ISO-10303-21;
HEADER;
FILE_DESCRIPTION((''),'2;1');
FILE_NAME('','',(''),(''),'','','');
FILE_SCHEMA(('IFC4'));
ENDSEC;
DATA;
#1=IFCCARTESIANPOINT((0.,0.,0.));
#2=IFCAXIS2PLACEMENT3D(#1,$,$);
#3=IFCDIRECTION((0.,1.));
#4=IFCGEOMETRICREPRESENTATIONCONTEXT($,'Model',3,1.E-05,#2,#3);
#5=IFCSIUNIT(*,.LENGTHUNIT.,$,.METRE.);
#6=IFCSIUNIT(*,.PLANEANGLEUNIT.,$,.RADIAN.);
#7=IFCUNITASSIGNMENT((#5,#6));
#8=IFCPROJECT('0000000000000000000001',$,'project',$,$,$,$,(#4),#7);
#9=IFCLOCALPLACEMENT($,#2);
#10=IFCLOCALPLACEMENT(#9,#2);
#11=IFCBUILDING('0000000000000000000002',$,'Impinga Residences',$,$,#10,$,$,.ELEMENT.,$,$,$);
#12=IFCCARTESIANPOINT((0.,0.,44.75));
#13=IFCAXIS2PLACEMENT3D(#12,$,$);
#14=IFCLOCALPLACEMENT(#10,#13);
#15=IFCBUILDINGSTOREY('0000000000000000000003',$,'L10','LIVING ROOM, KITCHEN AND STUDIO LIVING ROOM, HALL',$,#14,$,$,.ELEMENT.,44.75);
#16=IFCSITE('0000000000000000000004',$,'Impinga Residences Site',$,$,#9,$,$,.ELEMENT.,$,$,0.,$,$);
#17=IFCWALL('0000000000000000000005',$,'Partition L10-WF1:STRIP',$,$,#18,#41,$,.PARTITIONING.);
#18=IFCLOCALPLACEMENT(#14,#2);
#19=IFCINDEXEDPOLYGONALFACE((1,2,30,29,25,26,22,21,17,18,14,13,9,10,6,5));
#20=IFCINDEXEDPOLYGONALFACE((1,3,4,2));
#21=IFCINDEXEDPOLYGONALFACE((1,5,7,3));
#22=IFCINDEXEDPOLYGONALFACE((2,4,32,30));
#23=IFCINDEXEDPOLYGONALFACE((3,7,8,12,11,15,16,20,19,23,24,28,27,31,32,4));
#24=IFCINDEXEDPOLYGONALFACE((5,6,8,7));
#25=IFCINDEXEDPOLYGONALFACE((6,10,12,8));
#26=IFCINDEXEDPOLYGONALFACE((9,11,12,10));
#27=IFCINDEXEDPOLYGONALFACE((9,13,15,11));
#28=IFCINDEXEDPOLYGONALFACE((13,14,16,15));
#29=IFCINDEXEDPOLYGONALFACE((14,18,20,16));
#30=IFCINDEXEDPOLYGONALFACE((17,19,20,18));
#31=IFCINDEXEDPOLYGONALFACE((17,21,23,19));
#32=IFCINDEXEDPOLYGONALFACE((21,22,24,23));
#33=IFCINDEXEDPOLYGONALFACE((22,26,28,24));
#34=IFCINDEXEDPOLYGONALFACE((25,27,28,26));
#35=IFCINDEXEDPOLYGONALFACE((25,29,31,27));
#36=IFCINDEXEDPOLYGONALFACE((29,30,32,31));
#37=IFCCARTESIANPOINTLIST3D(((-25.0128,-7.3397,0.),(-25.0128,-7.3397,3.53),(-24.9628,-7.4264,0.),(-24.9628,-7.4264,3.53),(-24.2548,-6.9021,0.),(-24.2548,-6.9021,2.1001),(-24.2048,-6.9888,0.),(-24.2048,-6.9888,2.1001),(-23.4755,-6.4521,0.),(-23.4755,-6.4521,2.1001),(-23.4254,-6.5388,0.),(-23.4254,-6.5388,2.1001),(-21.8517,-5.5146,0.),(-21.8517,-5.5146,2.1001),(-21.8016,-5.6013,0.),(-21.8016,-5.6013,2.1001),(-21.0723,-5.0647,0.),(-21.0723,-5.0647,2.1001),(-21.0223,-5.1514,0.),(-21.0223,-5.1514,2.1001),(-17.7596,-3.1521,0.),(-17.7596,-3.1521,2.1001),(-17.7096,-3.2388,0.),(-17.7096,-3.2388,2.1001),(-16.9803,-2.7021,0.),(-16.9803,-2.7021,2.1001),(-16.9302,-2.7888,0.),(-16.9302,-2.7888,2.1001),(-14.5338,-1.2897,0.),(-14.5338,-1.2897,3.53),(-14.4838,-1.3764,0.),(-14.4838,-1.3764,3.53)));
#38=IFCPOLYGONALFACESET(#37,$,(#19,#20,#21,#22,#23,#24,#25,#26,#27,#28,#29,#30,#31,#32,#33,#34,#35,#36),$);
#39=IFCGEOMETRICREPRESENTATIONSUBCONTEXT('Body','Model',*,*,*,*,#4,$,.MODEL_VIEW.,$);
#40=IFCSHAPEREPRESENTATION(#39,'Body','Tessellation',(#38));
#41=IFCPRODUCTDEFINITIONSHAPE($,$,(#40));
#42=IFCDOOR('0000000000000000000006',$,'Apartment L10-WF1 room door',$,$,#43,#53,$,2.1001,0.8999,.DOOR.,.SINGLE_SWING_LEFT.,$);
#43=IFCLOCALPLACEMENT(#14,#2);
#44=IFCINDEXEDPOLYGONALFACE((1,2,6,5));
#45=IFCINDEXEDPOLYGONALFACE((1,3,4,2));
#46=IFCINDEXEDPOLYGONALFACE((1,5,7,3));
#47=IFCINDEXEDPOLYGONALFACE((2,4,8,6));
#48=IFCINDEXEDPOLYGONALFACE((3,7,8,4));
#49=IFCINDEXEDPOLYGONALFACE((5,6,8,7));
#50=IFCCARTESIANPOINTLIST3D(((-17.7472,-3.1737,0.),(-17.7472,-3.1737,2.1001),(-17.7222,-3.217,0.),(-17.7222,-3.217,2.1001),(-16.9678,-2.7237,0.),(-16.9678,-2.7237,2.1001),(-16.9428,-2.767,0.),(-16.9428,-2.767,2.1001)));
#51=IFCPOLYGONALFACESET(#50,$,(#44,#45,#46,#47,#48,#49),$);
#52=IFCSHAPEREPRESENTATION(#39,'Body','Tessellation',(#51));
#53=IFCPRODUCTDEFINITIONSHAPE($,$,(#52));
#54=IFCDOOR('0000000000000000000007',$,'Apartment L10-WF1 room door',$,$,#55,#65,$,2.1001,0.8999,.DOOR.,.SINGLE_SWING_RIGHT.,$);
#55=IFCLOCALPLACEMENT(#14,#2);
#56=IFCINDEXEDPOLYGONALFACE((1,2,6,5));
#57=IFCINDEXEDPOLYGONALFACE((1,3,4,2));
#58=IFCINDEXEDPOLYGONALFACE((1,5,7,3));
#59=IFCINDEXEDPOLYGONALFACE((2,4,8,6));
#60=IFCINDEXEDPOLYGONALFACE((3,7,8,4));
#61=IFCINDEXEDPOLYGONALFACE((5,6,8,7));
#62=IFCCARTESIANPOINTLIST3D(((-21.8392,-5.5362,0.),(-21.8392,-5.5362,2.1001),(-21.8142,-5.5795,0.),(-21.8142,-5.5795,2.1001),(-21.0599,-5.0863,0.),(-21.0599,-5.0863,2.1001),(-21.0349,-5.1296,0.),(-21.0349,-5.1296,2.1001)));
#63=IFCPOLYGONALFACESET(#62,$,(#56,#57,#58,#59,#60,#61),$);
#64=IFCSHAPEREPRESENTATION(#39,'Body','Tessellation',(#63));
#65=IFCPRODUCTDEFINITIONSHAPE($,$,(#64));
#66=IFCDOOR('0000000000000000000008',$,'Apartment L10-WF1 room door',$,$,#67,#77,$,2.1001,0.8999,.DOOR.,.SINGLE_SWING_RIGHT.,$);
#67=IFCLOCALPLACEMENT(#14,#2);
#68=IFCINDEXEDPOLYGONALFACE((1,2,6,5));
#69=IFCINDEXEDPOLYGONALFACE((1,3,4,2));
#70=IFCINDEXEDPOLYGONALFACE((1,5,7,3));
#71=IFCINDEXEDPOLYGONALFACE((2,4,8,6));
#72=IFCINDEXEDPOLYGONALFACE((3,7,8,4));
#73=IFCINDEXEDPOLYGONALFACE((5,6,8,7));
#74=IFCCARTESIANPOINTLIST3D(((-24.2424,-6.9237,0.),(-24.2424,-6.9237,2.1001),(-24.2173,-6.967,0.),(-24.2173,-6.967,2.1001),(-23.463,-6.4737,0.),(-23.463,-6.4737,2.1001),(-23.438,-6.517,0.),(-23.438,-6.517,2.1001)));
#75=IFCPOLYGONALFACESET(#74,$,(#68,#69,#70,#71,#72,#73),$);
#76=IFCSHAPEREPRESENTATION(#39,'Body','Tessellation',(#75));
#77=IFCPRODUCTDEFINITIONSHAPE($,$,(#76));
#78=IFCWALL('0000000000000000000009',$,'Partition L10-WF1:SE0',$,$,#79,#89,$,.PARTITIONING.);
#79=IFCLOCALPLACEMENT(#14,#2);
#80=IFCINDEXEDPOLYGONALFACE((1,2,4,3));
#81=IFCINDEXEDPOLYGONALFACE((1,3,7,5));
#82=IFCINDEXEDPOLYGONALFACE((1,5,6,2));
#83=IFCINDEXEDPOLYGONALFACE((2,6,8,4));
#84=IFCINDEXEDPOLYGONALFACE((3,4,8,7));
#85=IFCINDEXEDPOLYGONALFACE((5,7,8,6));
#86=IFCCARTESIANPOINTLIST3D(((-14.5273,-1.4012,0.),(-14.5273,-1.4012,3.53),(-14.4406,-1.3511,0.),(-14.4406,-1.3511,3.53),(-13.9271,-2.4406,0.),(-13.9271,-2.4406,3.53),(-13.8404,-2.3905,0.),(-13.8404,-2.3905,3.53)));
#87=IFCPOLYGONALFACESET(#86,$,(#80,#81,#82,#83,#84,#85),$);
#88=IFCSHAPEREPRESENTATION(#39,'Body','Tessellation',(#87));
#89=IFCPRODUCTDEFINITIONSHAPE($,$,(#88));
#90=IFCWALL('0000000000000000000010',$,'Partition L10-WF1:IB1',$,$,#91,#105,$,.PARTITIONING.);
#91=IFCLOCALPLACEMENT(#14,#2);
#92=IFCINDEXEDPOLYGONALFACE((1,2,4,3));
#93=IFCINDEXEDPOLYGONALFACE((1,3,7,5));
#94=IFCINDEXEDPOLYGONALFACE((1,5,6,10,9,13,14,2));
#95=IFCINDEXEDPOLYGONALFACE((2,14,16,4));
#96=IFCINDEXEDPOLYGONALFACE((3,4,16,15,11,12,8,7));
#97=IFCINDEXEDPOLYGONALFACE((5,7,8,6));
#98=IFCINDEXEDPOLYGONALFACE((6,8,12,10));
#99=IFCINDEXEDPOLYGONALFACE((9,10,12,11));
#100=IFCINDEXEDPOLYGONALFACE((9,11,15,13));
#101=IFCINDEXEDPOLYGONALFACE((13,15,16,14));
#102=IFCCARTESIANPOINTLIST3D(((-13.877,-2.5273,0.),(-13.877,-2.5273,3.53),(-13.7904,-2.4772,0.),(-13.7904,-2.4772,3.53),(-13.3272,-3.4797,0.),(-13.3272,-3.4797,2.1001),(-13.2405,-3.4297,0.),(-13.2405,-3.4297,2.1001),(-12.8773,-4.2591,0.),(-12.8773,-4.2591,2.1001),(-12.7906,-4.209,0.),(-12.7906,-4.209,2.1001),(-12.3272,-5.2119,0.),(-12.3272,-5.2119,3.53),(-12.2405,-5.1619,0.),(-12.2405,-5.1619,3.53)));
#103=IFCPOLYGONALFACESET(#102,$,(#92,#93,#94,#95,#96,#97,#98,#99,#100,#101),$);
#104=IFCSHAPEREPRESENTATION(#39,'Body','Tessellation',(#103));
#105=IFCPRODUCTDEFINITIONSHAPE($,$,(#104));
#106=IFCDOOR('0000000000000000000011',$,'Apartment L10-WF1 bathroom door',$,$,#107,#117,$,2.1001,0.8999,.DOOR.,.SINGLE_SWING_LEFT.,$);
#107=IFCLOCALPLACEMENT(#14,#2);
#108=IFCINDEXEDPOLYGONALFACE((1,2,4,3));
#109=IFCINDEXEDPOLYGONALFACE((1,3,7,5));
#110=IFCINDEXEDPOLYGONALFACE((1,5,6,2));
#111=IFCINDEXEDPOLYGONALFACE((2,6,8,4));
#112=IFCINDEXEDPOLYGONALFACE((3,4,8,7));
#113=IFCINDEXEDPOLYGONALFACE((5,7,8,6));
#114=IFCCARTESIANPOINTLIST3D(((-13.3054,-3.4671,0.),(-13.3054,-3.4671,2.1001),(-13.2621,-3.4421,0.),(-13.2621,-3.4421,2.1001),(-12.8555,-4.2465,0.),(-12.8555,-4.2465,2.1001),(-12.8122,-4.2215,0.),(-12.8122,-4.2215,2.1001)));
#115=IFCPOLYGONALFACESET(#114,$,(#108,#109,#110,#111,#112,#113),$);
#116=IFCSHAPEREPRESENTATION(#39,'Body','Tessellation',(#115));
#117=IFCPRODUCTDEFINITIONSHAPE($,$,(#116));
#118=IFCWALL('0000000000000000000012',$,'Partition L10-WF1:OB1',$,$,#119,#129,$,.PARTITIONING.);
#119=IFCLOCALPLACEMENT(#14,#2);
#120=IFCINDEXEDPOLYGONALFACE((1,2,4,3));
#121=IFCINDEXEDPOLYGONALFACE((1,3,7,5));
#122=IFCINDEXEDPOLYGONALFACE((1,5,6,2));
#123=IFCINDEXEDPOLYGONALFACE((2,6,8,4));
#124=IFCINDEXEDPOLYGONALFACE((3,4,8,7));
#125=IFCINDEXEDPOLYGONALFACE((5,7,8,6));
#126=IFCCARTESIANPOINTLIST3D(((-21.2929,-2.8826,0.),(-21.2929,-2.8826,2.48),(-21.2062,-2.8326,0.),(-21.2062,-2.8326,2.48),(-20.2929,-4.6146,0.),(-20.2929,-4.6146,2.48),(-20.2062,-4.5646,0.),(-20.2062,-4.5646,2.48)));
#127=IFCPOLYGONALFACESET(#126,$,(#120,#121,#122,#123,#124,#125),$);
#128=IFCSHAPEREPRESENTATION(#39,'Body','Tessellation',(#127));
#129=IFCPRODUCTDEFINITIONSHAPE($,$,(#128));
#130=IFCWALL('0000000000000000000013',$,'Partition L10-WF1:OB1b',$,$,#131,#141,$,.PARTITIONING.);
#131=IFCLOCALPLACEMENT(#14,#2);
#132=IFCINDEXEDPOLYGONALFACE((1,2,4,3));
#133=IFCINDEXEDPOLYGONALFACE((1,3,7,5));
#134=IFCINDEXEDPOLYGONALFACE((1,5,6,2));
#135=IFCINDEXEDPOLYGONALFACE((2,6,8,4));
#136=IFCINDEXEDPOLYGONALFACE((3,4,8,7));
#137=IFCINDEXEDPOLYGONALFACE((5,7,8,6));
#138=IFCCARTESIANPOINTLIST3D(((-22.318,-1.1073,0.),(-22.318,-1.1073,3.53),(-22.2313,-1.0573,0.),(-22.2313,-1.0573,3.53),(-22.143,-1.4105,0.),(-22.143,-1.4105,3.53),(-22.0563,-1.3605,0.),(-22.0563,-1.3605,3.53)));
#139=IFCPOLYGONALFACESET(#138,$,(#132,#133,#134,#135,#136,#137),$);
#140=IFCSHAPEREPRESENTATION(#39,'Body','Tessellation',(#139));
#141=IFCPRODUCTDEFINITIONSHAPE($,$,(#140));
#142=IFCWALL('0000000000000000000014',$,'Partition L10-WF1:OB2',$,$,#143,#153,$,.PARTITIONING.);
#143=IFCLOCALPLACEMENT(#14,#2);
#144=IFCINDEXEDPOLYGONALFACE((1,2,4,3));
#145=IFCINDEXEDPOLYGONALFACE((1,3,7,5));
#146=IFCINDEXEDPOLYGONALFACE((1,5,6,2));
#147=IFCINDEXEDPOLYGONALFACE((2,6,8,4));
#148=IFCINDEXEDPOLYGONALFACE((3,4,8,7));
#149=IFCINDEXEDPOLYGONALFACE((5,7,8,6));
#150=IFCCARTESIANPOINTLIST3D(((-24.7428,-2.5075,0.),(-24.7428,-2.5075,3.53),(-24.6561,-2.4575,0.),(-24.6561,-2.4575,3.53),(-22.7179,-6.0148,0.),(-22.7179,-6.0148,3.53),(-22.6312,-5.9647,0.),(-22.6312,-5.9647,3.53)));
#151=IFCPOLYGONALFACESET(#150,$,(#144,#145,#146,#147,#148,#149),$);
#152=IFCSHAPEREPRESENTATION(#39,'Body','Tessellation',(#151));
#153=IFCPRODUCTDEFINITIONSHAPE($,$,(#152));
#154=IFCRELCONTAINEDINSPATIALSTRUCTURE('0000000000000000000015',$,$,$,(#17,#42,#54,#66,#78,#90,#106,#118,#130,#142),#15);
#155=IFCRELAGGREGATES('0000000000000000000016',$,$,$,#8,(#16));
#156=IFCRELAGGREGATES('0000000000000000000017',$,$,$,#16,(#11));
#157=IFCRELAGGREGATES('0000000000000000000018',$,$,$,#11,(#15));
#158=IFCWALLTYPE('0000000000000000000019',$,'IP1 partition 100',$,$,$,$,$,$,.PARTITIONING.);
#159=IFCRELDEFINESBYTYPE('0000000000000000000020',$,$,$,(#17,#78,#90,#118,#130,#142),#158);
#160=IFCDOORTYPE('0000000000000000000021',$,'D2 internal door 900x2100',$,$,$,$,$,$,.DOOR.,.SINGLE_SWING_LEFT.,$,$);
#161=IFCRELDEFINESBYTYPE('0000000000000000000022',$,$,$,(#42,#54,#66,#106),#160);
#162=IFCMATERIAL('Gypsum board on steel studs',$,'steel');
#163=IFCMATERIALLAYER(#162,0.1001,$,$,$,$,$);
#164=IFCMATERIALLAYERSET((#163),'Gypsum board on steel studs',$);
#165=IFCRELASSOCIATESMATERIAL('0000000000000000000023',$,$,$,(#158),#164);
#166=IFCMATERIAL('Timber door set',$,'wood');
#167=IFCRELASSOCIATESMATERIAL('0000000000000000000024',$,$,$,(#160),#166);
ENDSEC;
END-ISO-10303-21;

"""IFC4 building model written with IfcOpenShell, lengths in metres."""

from ifc_helpers import new_model, si_unit, direction, frame, frame_2d, origin, place, context, subcontext, project, spatial, rectangle, extrude, material, layer, layer_set, type_object, element, fill, save


model = new_model("IFC4")

# Units and contexts
model_context = context("Model", 3, precision=1e-05, world=origin(), true_north=direction((0.0, 1.0)))
body_context = subcontext(model_context, "Body", "Model", "MODEL_VIEW")
ifc_project = project(units=[si_unit("LENGTHUNIT", "METRE"), si_unit("PLANEANGLEUNIT", "RADIAN")], contexts=[model_context])

# Site, building, storey
site_placement = place(None, origin())
site = spatial("IfcSite", under=ifc_project, at=site_placement, Name="Impinga Residences Site", CompositionType="ELEMENT", RefElevation=0.0)
building_placement = place(site_placement, origin())
building = spatial("IfcBuilding", under=site, at=building_placement, Name="Impinga Residences", CompositionType="ELEMENT")
storey_placement = place(building_placement, frame((0.0, 0.0, 44.75)))
storey = spatial("IfcBuildingStorey", under=building, at=storey_placement, Name="L10", Description="LIVING ROOM, KITCHEN AND STUDIO LIVING ROOM, HALL", CompositionType="ELEMENT", Elevation=44.75)

# Shared definitions
ifc_material_1 = material(Name="Timber door set", Category="wood")

# Shared definitions
ifc_material_2 = material(Name="Gypsum board on steel studs", Category="steel")
ifc_layer_1 = layer(ifc_material_2, 0.1001)
ifc_layer_set_1 = layer_set([ifc_layer_1], Name="Gypsum board on steel studs")
wall_type_1 = type_object("IfcWallType", Name="IP1 partition 100", PredefinedType="PARTITIONING", material=ifc_layer_set_1)

# Wall, openings, doors
wall_1_placement = place(storey_placement, frame((-14.5088, -1.333, 0.0), z_axis=(0.0, 0.0, 1.0), x_axis=(-0.866026, -0.5, 0.0)))
wall_1 = element("IfcWall", 1, at=wall_1_placement, inside=storey, type_object=wall_type_1, Name="Partition L10-WF1:STRIP", PredefinedType="PARTITIONING", context=body_context, shape_type="SweptSolid", body=[
    extrude(rectangle(XDim=12.1001, YDim=0.1001, at=frame_2d((6.05, 0.0))), origin(), (0.0, 0.0, 1.0), 3.53),
])
opening_1_placement = place(wall_1_placement, frame((2.825, 0.0, 0.0)))
opening_1 = element("IfcOpeningElement", 2, at=opening_1_placement, cuts=wall_1, PredefinedType="OPENING", context=body_context, shape_type="SweptSolid", body=[
    extrude(rectangle(XDim=0.8999, YDim=2.1001, at=frame_2d((0.45, 1.05))), frame((0.0, 0.0601, 0.0), z_axis=(0.0, -1.0, 0.0), x_axis=(1.0, 0.0, 0.0)), (0.0, 0.0, 1.0), 0.1201),
])
opening_2_placement = place(wall_1_placement, frame((7.55, 0.0, 0.0)))
opening_2 = element("IfcOpeningElement", 3, at=opening_2_placement, cuts=wall_1, PredefinedType="OPENING", context=body_context, shape_type="SweptSolid", body=[
    extrude(rectangle(XDim=0.8999, YDim=2.1001, at=frame_2d((0.45, 1.05))), frame((0.0, 0.0601, 0.0), z_axis=(0.0, -1.0, 0.0), x_axis=(1.0, 0.0, 0.0)), (0.0, 0.0, 1.0), 0.1201),
])
opening_3_placement = place(wall_1_placement, frame((10.325, 0.0, 0.0)))
opening_3 = element("IfcOpeningElement", 4, at=opening_3_placement, cuts=wall_1, PredefinedType="OPENING", context=body_context, shape_type="SweptSolid", body=[
    extrude(rectangle(XDim=0.8999, YDim=2.1001, at=frame_2d((0.45, 1.05))), frame((0.0, 0.0601, 0.0), z_axis=(0.0, -1.0, 0.0), x_axis=(1.0, 0.0, 0.0)), (0.0, 0.0, 1.0), 0.1201),
])
door_type_1 = type_object("IfcDoorType", Name="D2 internal door 900x2100", OperationType="SINGLE_SWING_LEFT", PredefinedType="DOOR", material=ifc_material_1)
door_1_placement = place(opening_1_placement, origin())
door_1 = element("IfcDoor", 5, at=door_1_placement, inside=storey, type_object=door_type_1, Name="Apartment L10-WF1 room door", OperationType="SINGLE_SWING_LEFT", OverallHeight=2.1001, OverallWidth=0.8999, PredefinedType="DOOR", context=body_context, shape_type="SweptSolid", body=[
    extrude(rectangle(XDim=0.8999, YDim=2.1001, at=frame_2d((0.45, 1.05))), frame((0.0, 0.0249, 0.0), z_axis=(0.0, -1.0, 0.0), x_axis=(1.0, 0.0, 0.0)), (0.0, 0.0, 1.0), 0.05),
])
fill(opening_1, door_1)
door_2_placement = place(opening_2_placement, origin())
door_2 = element("IfcDoor", 6, at=door_2_placement, inside=storey, type_object=door_type_1, Name="Apartment L10-WF1 room door", OperationType="SINGLE_SWING_RIGHT", OverallHeight=2.1001, OverallWidth=0.8999, PredefinedType="DOOR", context=body_context, shape_type="SweptSolid", body=[
    extrude(rectangle(XDim=0.8999, YDim=2.1001, at=frame_2d((0.45, 1.05))), frame((0.0, 0.0249, 0.0), z_axis=(0.0, -1.0, 0.0), x_axis=(1.0, 0.0, 0.0)), (0.0, 0.0, 1.0), 0.05),
])
fill(opening_2, door_2)
door_3_placement = place(opening_3_placement, origin())
door_3 = element("IfcDoor", 7, at=door_3_placement, inside=storey, type_object=door_type_1, Name="Apartment L10-WF1 room door", OperationType="SINGLE_SWING_RIGHT", OverallHeight=2.1001, OverallWidth=0.8999, PredefinedType="DOOR", context=body_context, shape_type="SweptSolid", body=[
    extrude(rectangle(XDim=0.8999, YDim=2.1001, at=frame_2d((0.45, 1.05))), frame((0.0, 0.0249, 0.0), z_axis=(0.0, -1.0, 0.0), x_axis=(1.0, 0.0, 0.0)), (0.0, 0.0, 1.0), 0.05),
])
fill(opening_3, door_3)

# Wall
wall_2_placement = place(storey_placement, frame((-13.8838, -2.4155, 0.0), z_axis=(0.0, 0.0, 1.0), x_axis=(-0.500034, 0.866006, 0.0)))
element("IfcWall", 8, at=wall_2_placement, inside=storey, type_object=wall_type_1, Name="Partition L10-WF1:SE0", PredefinedType="PARTITIONING", context=body_context, shape_type="SweptSolid", body=[
    extrude(rectangle(XDim=1.2002, YDim=0.1001, at=frame_2d((0.6001, 0.0))), origin(), (0.0, 0.0, 1.0), 3.53),
])

# Wall, opening, door
wall_3_placement = place(storey_placement, frame((-12.2839, -5.1868, 0.0), z_axis=(0.0, 0.0, 1.0), x_axis=(-0.499968, 0.866044, 0.0)))
wall_3 = element("IfcWall", 9, at=wall_3_placement, inside=storey, type_object=wall_type_1, Name="Partition L10-WF1:IB1", PredefinedType="PARTITIONING", context=body_context, shape_type="SweptSolid", body=[
    extrude(rectangle(XDim=3.0999, YDim=0.1001, at=frame_2d((1.5498, 0.0))), origin(), (0.0, 0.0, 1.0), 3.53),
])
opening_4_placement = place(wall_3_placement, frame((1.1001, 0.0, 0.0)))
opening_4 = element("IfcOpeningElement", 10, at=opening_4_placement, cuts=wall_3, PredefinedType="OPENING", context=body_context, shape_type="SweptSolid", body=[
    extrude(rectangle(XDim=0.8999, YDim=2.1001, at=frame_2d((0.45, 1.05))), frame((0.0, 0.0601, 0.0), z_axis=(0.0, -1.0, 0.0), x_axis=(1.0, 0.0, 0.0)), (0.0, 0.0, 1.0), 0.1201),
])
door_4_placement = place(opening_4_placement, origin())
door_4 = element("IfcDoor", 11, at=door_4_placement, inside=storey, type_object=door_type_1, Name="Apartment L10-WF1 bathroom door", OperationType="SINGLE_SWING_LEFT", OverallHeight=2.1001, OverallWidth=0.8999, PredefinedType="DOOR", context=body_context, shape_type="SweptSolid", body=[
    extrude(rectangle(XDim=0.8999, YDim=2.1001, at=frame_2d((0.45, 1.05))), frame((0.0, 0.0249, 0.0), z_axis=(0.0, -1.0, 0.0), x_axis=(1.0, 0.0, 0.0)), (0.0, 0.0, 1.0), 0.05),
])
fill(opening_4, door_4)

# Walls
wall_4_placement = place(storey_placement, frame((-20.2495, -4.5896, 0.0), z_axis=(0.0, 0.0, 1.0), x_axis=(-0.500025, 0.866011, 0.0)))
element("IfcWall", 12, at=wall_4_placement, inside=storey, type_object=wall_type_1, Name="Partition L10-WF1:OB1", PredefinedType="PARTITIONING", context=body_context, shape_type="SweptSolid", body=[
    extrude(rectangle(XDim=2.0, YDim=0.1001, at=frame_2d((1.0, 0.0))), origin(), (0.0, 0.0, 1.0), 2.48),
])
wall_5_placement = place(storey_placement, frame((-22.0996, -1.3855, 0.0), z_axis=(0.0, 0.0, 1.0), x_axis=(-0.499964, 0.866046, 0.0)))
element("IfcWall", 13, at=wall_5_placement, inside=storey, type_object=wall_type_1, Name="Partition L10-WF1:OB1b", PredefinedType="PARTITIONING", context=body_context, shape_type="SweptSolid", body=[
    extrude(rectangle(XDim=0.3501, YDim=0.1001, at=frame_2d((0.175, 0.0))), origin(), (0.0, 0.0, 1.0), 3.53),
])
wall_6_placement = place(storey_placement, frame((-22.6746, -5.9897, 0.0), z_axis=(0.0, 0.0, 1.0), x_axis=(-0.49999, 0.866031, 0.0)))
element("IfcWall", 14, at=wall_6_placement, inside=storey, type_object=wall_type_1, Name="Partition L10-WF1:OB2", PredefinedType="PARTITIONING", context=body_context, shape_type="SweptSolid", body=[
    extrude(rectangle(XDim=4.0498, YDim=0.1001, at=frame_2d((2.0249, 0.0))), origin(), (0.0, 0.0, 1.0), 3.53),
])

save(model, "model.ifc")
